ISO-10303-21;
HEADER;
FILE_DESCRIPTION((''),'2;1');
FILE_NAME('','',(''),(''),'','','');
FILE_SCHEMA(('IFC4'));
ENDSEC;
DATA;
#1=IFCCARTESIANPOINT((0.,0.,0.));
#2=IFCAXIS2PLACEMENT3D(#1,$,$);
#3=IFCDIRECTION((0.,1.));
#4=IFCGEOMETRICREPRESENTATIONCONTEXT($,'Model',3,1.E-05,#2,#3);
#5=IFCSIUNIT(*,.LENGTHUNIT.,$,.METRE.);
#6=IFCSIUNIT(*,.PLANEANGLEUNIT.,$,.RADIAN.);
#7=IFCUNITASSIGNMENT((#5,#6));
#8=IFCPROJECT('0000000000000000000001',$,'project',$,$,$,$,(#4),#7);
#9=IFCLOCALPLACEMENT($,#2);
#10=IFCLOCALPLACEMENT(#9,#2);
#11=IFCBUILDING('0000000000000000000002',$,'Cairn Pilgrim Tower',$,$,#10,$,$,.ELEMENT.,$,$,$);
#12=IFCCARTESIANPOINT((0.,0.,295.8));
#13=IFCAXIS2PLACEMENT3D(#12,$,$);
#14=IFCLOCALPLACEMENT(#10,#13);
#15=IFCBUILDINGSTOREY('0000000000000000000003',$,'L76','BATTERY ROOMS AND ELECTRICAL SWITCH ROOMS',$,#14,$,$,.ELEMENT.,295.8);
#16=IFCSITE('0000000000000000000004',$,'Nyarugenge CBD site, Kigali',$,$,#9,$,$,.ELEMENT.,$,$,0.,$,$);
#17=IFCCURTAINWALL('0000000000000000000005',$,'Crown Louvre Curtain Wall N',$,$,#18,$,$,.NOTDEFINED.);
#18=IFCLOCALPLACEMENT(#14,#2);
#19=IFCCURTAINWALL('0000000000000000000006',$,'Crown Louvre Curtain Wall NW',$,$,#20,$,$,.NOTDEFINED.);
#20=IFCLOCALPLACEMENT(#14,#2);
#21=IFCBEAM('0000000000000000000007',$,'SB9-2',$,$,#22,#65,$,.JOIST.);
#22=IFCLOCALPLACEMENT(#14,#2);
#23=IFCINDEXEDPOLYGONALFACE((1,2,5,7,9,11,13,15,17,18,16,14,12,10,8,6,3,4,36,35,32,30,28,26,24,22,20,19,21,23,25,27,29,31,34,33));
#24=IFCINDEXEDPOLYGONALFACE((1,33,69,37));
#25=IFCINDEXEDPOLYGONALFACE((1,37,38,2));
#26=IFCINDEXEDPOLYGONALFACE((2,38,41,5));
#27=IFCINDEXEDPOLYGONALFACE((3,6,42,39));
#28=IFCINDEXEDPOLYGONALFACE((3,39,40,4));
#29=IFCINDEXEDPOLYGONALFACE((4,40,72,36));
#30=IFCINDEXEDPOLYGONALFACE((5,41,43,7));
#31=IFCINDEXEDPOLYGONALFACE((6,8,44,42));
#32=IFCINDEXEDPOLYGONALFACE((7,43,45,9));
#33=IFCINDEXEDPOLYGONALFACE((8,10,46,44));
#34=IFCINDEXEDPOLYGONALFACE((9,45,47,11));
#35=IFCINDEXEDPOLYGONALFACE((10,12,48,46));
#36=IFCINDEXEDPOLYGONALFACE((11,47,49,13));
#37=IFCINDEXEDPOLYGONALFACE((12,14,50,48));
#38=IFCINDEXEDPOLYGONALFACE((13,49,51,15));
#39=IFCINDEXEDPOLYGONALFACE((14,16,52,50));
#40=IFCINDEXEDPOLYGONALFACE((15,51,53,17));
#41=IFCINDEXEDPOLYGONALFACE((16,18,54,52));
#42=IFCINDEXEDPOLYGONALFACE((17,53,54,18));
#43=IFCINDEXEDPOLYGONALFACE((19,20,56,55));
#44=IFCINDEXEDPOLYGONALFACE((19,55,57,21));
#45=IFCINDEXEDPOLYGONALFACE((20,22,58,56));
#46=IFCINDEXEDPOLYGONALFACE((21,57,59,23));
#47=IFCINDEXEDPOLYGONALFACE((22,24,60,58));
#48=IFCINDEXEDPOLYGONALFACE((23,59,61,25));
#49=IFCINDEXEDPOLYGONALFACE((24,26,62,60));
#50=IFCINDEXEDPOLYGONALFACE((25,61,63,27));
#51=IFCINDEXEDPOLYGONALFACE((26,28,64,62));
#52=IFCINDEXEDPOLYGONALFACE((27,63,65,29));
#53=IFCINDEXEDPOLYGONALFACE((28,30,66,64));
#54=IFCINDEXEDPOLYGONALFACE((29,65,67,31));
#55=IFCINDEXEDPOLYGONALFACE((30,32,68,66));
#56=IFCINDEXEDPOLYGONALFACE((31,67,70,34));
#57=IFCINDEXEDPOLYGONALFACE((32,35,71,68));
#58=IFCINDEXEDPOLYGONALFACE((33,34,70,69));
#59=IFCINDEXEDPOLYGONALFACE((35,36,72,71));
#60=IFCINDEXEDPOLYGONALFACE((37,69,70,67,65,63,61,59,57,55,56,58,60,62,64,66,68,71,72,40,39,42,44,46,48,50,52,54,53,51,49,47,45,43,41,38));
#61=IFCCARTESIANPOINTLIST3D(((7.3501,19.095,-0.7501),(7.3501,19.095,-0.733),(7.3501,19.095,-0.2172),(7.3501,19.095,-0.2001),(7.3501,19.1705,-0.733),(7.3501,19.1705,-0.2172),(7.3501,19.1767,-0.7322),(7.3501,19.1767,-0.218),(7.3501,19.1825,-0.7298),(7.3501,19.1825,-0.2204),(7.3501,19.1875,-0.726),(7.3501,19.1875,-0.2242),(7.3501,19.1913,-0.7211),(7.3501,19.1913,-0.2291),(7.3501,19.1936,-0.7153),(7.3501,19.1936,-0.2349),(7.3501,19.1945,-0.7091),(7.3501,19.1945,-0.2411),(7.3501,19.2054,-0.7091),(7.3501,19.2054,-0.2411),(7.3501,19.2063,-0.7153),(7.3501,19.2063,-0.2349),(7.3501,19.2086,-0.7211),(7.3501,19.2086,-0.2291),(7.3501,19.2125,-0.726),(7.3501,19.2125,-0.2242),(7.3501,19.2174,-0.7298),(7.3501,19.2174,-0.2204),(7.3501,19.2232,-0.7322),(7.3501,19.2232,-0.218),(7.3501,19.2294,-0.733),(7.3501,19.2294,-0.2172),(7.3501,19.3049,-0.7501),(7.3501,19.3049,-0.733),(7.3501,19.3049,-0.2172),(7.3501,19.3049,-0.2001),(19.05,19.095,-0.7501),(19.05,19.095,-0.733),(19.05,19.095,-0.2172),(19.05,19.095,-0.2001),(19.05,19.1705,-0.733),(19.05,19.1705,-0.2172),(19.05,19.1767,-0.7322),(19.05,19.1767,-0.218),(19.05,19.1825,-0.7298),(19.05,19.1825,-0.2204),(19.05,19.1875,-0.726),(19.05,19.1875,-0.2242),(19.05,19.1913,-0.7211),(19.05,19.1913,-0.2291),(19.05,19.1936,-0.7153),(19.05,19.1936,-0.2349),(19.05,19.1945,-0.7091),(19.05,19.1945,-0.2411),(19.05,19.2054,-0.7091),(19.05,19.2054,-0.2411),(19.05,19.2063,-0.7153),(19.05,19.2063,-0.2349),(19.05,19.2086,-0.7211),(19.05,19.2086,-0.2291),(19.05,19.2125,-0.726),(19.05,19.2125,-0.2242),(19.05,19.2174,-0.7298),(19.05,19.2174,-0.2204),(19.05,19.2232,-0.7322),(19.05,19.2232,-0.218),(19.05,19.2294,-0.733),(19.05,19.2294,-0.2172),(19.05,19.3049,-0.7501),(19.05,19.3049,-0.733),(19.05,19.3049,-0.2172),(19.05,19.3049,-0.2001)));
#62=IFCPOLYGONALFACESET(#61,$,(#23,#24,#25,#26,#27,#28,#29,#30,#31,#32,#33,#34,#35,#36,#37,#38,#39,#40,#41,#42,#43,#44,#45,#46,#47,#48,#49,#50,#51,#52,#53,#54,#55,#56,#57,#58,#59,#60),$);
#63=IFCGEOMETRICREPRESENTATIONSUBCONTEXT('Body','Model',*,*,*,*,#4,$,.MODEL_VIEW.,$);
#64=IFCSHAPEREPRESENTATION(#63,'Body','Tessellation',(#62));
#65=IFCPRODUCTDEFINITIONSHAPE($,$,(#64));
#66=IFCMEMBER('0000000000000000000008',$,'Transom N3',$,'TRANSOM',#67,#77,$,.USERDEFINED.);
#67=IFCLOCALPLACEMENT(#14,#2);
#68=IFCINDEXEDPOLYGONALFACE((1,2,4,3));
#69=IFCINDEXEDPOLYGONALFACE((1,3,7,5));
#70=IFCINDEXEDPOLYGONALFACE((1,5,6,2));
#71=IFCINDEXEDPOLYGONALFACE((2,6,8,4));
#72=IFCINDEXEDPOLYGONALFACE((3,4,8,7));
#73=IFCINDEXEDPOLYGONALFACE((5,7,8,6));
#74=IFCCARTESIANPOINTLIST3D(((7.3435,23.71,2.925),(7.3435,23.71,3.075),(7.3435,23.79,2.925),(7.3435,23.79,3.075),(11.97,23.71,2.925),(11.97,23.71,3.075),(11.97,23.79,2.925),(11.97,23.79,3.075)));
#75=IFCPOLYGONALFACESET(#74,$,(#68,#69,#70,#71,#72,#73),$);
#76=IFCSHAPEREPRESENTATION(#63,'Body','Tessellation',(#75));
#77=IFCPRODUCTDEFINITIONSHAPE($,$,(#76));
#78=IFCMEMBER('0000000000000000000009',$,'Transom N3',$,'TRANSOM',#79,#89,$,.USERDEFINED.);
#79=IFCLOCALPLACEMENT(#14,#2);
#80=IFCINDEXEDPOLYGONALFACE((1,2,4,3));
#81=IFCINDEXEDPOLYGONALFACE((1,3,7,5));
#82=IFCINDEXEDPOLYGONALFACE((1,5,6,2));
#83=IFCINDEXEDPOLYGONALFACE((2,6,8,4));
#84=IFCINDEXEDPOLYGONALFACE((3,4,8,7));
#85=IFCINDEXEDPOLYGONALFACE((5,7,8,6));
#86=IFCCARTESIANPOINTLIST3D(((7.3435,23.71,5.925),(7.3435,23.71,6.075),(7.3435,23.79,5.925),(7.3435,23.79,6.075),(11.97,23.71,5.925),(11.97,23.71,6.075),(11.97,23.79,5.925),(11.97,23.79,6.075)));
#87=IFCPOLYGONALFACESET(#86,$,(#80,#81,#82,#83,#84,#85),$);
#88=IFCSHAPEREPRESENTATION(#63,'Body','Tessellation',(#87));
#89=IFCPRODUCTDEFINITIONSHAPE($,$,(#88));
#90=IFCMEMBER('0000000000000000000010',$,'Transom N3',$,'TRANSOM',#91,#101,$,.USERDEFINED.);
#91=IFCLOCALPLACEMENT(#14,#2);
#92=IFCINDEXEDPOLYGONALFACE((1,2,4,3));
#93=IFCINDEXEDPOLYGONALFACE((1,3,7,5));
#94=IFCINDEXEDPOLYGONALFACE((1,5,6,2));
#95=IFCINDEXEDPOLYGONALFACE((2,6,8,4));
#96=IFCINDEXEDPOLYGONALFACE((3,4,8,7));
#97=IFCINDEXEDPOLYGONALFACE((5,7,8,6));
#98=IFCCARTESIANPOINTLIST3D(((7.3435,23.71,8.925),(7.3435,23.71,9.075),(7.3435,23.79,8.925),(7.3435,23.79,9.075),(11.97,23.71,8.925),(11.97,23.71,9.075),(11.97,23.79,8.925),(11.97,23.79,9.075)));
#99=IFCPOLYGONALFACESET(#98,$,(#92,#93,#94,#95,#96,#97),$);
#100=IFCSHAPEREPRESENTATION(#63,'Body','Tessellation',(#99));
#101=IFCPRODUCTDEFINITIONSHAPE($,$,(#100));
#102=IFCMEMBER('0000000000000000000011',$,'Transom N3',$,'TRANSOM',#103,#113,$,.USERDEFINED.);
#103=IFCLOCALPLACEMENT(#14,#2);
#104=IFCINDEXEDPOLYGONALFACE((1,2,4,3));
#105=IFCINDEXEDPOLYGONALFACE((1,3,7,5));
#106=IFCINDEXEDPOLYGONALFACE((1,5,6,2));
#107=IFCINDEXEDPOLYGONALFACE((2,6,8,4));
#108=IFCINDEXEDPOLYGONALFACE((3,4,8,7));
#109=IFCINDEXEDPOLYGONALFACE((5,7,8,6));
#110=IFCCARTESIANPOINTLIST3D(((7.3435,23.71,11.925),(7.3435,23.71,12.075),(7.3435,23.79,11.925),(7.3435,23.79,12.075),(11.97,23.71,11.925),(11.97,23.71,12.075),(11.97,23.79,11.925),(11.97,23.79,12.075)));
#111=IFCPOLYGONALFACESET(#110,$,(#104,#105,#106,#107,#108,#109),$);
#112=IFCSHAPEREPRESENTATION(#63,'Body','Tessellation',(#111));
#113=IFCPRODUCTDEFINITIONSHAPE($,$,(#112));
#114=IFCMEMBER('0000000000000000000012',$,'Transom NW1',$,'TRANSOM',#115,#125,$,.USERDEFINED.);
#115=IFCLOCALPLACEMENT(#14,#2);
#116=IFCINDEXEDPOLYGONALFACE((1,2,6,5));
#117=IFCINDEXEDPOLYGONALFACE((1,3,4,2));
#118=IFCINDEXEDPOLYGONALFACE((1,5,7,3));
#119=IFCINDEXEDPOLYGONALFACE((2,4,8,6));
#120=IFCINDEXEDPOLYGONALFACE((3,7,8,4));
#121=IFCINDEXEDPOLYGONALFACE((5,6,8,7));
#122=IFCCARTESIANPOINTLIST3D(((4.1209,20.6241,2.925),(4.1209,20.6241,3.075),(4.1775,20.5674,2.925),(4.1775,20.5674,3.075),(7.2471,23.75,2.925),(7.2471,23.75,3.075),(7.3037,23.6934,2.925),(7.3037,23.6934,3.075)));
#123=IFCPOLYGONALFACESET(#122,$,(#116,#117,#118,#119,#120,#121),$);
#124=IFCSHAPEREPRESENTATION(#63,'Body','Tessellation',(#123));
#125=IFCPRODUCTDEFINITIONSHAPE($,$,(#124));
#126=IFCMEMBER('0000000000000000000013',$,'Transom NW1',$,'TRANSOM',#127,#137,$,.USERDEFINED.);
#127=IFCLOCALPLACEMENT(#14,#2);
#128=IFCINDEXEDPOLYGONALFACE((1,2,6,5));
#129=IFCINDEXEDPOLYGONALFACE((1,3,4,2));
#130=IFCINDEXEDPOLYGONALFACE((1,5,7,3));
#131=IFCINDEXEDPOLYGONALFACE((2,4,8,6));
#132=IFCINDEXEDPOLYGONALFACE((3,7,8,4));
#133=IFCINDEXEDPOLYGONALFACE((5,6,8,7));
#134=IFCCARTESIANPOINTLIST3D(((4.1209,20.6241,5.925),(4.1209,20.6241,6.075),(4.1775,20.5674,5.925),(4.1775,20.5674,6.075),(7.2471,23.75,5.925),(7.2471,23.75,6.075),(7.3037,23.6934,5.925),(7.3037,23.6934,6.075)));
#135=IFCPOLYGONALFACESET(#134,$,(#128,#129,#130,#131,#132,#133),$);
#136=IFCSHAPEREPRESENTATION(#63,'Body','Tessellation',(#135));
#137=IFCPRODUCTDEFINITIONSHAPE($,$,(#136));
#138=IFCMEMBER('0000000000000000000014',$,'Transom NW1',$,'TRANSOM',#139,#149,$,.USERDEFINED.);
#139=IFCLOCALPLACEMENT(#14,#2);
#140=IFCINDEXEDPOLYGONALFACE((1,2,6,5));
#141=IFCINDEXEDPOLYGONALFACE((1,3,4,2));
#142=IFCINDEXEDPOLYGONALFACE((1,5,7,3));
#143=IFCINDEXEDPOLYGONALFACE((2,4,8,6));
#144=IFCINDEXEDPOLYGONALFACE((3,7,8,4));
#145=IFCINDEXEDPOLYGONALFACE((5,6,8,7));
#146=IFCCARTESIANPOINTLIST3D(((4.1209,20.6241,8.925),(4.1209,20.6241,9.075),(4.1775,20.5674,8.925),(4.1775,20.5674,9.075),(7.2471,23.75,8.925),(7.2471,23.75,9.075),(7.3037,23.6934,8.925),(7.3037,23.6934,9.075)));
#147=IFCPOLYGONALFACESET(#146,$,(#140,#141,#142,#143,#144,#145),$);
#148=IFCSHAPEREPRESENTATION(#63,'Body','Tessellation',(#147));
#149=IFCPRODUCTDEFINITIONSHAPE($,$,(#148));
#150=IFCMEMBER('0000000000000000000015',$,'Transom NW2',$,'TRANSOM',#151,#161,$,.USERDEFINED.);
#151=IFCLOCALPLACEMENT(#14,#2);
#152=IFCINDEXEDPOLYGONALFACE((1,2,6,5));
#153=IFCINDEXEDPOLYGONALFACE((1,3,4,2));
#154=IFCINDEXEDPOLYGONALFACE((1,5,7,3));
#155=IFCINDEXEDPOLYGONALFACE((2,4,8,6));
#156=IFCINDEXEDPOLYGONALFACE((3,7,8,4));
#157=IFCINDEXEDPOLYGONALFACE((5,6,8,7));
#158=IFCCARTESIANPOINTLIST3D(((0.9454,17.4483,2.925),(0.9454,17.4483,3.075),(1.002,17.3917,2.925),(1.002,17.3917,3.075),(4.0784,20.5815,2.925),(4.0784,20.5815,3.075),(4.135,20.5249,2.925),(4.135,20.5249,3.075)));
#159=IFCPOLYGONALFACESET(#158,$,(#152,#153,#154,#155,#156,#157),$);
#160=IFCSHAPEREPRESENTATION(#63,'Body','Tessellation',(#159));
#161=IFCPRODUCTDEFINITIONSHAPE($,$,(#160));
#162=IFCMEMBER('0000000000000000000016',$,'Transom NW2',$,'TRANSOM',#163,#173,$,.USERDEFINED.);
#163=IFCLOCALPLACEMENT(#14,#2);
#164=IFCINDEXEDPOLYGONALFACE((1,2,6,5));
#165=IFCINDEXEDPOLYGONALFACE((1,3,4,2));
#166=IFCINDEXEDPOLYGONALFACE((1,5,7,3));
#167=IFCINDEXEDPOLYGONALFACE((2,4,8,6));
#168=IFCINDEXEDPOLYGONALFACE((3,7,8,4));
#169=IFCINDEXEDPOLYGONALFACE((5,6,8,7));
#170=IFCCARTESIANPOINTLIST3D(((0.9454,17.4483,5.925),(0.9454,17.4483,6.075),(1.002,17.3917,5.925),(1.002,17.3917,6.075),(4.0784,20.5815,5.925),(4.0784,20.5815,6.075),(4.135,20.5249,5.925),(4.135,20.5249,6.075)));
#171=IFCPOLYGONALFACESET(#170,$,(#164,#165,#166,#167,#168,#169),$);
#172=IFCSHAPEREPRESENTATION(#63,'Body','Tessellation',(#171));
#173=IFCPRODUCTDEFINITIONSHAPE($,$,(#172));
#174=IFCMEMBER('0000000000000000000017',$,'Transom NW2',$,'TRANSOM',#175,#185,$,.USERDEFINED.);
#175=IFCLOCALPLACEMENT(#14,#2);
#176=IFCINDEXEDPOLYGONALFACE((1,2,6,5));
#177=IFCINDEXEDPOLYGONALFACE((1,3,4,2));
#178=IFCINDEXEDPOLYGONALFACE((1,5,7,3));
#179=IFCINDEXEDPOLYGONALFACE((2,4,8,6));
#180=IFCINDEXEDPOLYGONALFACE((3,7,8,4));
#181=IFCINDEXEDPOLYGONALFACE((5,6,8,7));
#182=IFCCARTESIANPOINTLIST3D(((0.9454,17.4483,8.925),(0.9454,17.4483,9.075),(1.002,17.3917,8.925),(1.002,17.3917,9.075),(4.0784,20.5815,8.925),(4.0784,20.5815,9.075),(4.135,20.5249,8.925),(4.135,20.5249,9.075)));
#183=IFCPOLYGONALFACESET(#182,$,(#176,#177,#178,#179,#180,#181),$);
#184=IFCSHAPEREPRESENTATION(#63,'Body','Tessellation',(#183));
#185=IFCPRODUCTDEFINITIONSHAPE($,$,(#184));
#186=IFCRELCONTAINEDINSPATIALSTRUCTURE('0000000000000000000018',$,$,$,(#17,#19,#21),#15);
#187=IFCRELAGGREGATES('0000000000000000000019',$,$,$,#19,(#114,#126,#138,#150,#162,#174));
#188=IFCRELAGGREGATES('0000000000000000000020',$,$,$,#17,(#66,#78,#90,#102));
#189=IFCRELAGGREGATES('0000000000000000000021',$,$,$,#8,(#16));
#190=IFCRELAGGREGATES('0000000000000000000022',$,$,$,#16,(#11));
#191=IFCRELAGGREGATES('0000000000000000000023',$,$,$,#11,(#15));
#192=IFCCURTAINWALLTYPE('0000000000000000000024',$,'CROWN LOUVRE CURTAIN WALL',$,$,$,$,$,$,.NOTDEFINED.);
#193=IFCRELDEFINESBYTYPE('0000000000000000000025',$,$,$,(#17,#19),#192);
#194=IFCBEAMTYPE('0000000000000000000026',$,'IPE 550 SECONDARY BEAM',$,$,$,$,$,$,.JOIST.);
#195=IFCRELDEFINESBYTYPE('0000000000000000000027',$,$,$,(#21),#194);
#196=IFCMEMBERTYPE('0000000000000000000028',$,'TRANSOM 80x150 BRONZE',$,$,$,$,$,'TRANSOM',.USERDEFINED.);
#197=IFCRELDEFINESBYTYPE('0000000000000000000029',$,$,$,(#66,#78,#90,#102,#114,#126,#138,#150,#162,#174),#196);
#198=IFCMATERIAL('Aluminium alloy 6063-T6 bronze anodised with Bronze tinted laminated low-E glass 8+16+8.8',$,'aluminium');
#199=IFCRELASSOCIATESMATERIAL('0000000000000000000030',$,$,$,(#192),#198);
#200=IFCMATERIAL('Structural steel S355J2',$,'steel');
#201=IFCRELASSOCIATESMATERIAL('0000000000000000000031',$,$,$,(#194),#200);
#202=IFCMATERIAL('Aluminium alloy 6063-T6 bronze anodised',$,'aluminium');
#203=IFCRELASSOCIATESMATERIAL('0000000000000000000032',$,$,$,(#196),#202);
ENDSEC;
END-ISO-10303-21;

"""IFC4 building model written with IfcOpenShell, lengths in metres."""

from ifc_helpers import new_model, si_unit, direction, frame, origin, origin_2d, place, context, subcontext, project, spatial, rectangle, i_section, extrude, material, material_profile, profile_set, type_object, element, aggregate, save


model = new_model("IFC4")

# Units and contexts
model_context = context("Model", 3, precision=1e-05, world=origin(), true_north=direction((0.0, 1.0)))
body_context = subcontext(model_context, "Body", "Model", "MODEL_VIEW")
ifc_project = project(units=[si_unit("LENGTHUNIT", "METRE"), si_unit("PLANEANGLEUNIT", "RADIAN")], contexts=[model_context])

# Site, building, storey
site_placement = place(None, origin())
site = spatial("IfcSite", under=ifc_project, at=site_placement, Name="Nyarugenge CBD site, Kigali", CompositionType="ELEMENT", RefElevation=0.0)
building_placement = place(site_placement, origin())
building = spatial("IfcBuilding", under=site, at=building_placement, Name="Cairn Pilgrim Tower", CompositionType="ELEMENT")
storey_placement = place(building_placement, frame((0.0, 0.0, 295.8)))
storey = spatial("IfcBuildingStorey", under=building, at=storey_placement, Name="L76", Description="BATTERY ROOMS AND ELECTRICAL SWITCH ROOMS", CompositionType="ELEMENT", Elevation=295.8)

# Shared definitions
ifc_material_1 = material(Name="Structural steel S355J2", Category="steel")

# Curtain wall
ifc_material_2 = material(Name="Aluminium alloy 6063-T6 bronze anodised with Bronze tinted laminated low-E glass 8+16+8.8", Category="aluminium")
curtain_wall_type = type_object("IfcCurtainWallType", Name="CROWN LOUVRE CURTAIN WALL", PredefinedType="NOTDEFINED", material=ifc_material_2)
curtain_wall_1_placement = place(storey_placement, origin())
curtain_wall_1 = element("IfcCurtainWall", 1, at=curtain_wall_1_placement, inside=storey, type_object=curtain_wall_type, Name="Crown Louvre Curtain Wall N", PredefinedType="NOTDEFINED")
ifc_material_3 = material(Name="Aluminium alloy 6063-T6 bronze anodised", Category="aluminium")

# Curtain wall
curtain_wall_2_placement = place(storey_placement, origin())
curtain_wall_2 = element("IfcCurtainWall", 2, at=curtain_wall_2_placement, inside=storey, type_object=curtain_wall_type, Name="Crown Louvre Curtain Wall NW", PredefinedType="NOTDEFINED")

# Beam
ifc_material_profile_1 = material_profile(ifc_material_1, i_section(OverallWidth=0.21, OverallDepth=0.55, WebThickness=0.011, FlangeThickness=0.0171, FilletRadius=0.0239, at=origin_2d()), Name="IPE 550")
ifc_profile_set_1 = profile_set([ifc_material_profile_1], Name="Structural steel S355J2")
beam_type_1 = type_object("IfcBeamType", Name="IPE 550 SECONDARY BEAM", PredefinedType="JOIST", material=ifc_profile_set_1)
beam_1_placement = place(storey_placement, frame((7.3501, 19.2, -0.4751), z_axis=(1.0, 0.0, 0.0), x_axis=(0.0, 1.0, 0.0)))
element("IfcBeam", 3, at=beam_1_placement, inside=storey, type_object=beam_type_1, Name="SB9-2", PredefinedType="JOIST", context=body_context, shape_type="SweptSolid", body=[
    extrude(i_section(OverallWidth=0.21, OverallDepth=0.55, WebThickness=0.011, FlangeThickness=0.0171, FilletRadius=0.0239, at=origin_2d()), origin(), (0.0, 0.0, 1.0), 11.7),
])

# Members
ifc_material_profile_2 = material_profile(ifc_material_3, rectangle(XDim=0.0801, YDim=0.1499, at=origin_2d()), Name="TRANSOM 80x150 BRONZE")
ifc_profile_set_2 = profile_set([ifc_material_profile_2], Name="Aluminium alloy 6063-T6 bronze anodised")
member_type_1 = type_object("IfcMemberType", Name="TRANSOM 80x150 BRONZE", ElementType="TRANSOM", PredefinedType="USERDEFINED", material=ifc_profile_set_2)
member_1_placement = place(storey_placement, frame((11.97, 23.75, 3.0), z_axis=(-1.0, 0.0, 0.0), x_axis=(0.0, -1.0, 0.0)))
member_1 = element("IfcMember", 4, at=member_1_placement, type_object=member_type_1, Name="Transom N3", ObjectType="TRANSOM", PredefinedType="USERDEFINED", context=body_context, shape_type="SweptSolid", body=[
    extrude(rectangle(XDim=0.0801, YDim=0.1499, at=origin_2d()), origin(), (0.0, 0.0, 1.0), 4.6265),
])
member_2_placement = place(storey_placement, frame((11.97, 23.75, 6.0), z_axis=(-1.0, 0.0, 0.0), x_axis=(0.0, -1.0, 0.0)))
member_2 = element("IfcMember", 5, at=member_2_placement, type_object=member_type_1, Name="Transom N3", ObjectType="TRANSOM", PredefinedType="USERDEFINED", context=body_context, shape_type="SweptSolid", body=[
    extrude(rectangle(XDim=0.0801, YDim=0.1499, at=origin_2d()), origin(), (0.0, 0.0, 1.0), 4.6265),
])
member_3_placement = place(storey_placement, frame((11.97, 23.75, 9.0), z_axis=(-1.0, 0.0, 0.0), x_axis=(0.0, -1.0, 0.0)))
member_3 = element("IfcMember", 6, at=member_3_placement, type_object=member_type_1, Name="Transom N3", ObjectType="TRANSOM", PredefinedType="USERDEFINED", context=body_context, shape_type="SweptSolid", body=[
    extrude(rectangle(XDim=0.0801, YDim=0.1499, at=origin_2d()), origin(), (0.0, 0.0, 1.0), 4.6265),
])
member_4_placement = place(storey_placement, frame((11.97, 23.75, 12.0), z_axis=(-1.0, 0.0, 0.0), x_axis=(0.0, -1.0, 0.0)))
member_4 = element("IfcMember", 7, at=member_4_placement, type_object=member_type_1, Name="Transom N3", ObjectType="TRANSOM", PredefinedType="USERDEFINED", context=body_context, shape_type="SweptSolid", body=[
    extrude(rectangle(XDim=0.0801, YDim=0.1499, at=origin_2d()), origin(), (0.0, 0.0, 1.0), 4.6265),
])
member_5_placement = place(storey_placement, frame((7.2754, 23.7217, 3.0), z_axis=(-0.707134, -0.707079, 0.0), x_axis=(0.707079, -0.707134, 0.0)))
member_5 = element("IfcMember", 8, at=member_5_placement, type_object=member_type_1, Name="Transom NW1", ObjectType="TRANSOM", PredefinedType="USERDEFINED", context=body_context, shape_type="SweptSolid", body=[
    extrude(rectangle(XDim=0.0801, YDim=0.1499, at=origin_2d()), origin(), (0.0, 0.0, 1.0), 4.4209),
])
member_6_placement = place(storey_placement, frame((7.2754, 23.7217, 6.0), z_axis=(-0.707134, -0.707079, 0.0), x_axis=(0.707079, -0.707134, 0.0)))
member_6 = element("IfcMember", 9, at=member_6_placement, type_object=member_type_1, Name="Transom NW1", ObjectType="TRANSOM", PredefinedType="USERDEFINED", context=body_context, shape_type="SweptSolid", body=[
    extrude(rectangle(XDim=0.0801, YDim=0.1499, at=origin_2d()), origin(), (0.0, 0.0, 1.0), 4.4209),
])
member_7_placement = place(storey_placement, frame((7.2754, 23.7217, 9.0), z_axis=(-0.707134, -0.707079, 0.0), x_axis=(0.707079, -0.707134, 0.0)))
member_7 = element("IfcMember", 10, at=member_7_placement, type_object=member_type_1, Name="Transom NW1", ObjectType="TRANSOM", PredefinedType="USERDEFINED", context=body_context, shape_type="SweptSolid", body=[
    extrude(rectangle(XDim=0.0801, YDim=0.1499, at=origin_2d()), origin(), (0.0, 0.0, 1.0), 4.4209),
])
member_8_placement = place(storey_placement, frame((4.1067, 20.5532, 3.0), z_axis=(-0.707079, -0.707134, 0.0), x_axis=(0.707134, -0.707079, 0.0)))
member_8 = element("IfcMember", 11, at=member_8_placement, type_object=member_type_1, Name="Transom NW2", ObjectType="TRANSOM", PredefinedType="USERDEFINED", context=body_context, shape_type="SweptSolid", body=[
    extrude(rectangle(XDim=0.0801, YDim=0.1499, at=origin_2d()), origin(), (0.0, 0.0, 1.0), 4.4309),
])
member_9_placement = place(storey_placement, frame((4.1067, 20.5532, 6.0), z_axis=(-0.707079, -0.707134, 0.0), x_axis=(0.707134, -0.707079, 0.0)))
member_9 = element("IfcMember", 12, at=member_9_placement, type_object=member_type_1, Name="Transom NW2", ObjectType="TRANSOM", PredefinedType="USERDEFINED", context=body_context, shape_type="SweptSolid", body=[
    extrude(rectangle(XDim=0.0801, YDim=0.1499, at=origin_2d()), origin(), (0.0, 0.0, 1.0), 4.4309),
])
member_10_placement = place(storey_placement, frame((4.1067, 20.5532, 9.0), z_axis=(-0.707079, -0.707134, 0.0), x_axis=(0.707134, -0.707079, 0.0)))
member_10 = element("IfcMember", 13, at=member_10_placement, type_object=member_type_1, Name="Transom NW2", ObjectType="TRANSOM", PredefinedType="USERDEFINED", context=body_context, shape_type="SweptSolid", body=[
    extrude(rectangle(XDim=0.0801, YDim=0.1499, at=origin_2d()), origin(), (0.0, 0.0, 1.0), 4.4309),
])

aggregate(curtain_wall_2, [member_5, member_6, member_7, member_8, member_9, member_10])
aggregate(curtain_wall_1, [member_1, member_2, member_3, member_4])

save(model, "model.ifc")
